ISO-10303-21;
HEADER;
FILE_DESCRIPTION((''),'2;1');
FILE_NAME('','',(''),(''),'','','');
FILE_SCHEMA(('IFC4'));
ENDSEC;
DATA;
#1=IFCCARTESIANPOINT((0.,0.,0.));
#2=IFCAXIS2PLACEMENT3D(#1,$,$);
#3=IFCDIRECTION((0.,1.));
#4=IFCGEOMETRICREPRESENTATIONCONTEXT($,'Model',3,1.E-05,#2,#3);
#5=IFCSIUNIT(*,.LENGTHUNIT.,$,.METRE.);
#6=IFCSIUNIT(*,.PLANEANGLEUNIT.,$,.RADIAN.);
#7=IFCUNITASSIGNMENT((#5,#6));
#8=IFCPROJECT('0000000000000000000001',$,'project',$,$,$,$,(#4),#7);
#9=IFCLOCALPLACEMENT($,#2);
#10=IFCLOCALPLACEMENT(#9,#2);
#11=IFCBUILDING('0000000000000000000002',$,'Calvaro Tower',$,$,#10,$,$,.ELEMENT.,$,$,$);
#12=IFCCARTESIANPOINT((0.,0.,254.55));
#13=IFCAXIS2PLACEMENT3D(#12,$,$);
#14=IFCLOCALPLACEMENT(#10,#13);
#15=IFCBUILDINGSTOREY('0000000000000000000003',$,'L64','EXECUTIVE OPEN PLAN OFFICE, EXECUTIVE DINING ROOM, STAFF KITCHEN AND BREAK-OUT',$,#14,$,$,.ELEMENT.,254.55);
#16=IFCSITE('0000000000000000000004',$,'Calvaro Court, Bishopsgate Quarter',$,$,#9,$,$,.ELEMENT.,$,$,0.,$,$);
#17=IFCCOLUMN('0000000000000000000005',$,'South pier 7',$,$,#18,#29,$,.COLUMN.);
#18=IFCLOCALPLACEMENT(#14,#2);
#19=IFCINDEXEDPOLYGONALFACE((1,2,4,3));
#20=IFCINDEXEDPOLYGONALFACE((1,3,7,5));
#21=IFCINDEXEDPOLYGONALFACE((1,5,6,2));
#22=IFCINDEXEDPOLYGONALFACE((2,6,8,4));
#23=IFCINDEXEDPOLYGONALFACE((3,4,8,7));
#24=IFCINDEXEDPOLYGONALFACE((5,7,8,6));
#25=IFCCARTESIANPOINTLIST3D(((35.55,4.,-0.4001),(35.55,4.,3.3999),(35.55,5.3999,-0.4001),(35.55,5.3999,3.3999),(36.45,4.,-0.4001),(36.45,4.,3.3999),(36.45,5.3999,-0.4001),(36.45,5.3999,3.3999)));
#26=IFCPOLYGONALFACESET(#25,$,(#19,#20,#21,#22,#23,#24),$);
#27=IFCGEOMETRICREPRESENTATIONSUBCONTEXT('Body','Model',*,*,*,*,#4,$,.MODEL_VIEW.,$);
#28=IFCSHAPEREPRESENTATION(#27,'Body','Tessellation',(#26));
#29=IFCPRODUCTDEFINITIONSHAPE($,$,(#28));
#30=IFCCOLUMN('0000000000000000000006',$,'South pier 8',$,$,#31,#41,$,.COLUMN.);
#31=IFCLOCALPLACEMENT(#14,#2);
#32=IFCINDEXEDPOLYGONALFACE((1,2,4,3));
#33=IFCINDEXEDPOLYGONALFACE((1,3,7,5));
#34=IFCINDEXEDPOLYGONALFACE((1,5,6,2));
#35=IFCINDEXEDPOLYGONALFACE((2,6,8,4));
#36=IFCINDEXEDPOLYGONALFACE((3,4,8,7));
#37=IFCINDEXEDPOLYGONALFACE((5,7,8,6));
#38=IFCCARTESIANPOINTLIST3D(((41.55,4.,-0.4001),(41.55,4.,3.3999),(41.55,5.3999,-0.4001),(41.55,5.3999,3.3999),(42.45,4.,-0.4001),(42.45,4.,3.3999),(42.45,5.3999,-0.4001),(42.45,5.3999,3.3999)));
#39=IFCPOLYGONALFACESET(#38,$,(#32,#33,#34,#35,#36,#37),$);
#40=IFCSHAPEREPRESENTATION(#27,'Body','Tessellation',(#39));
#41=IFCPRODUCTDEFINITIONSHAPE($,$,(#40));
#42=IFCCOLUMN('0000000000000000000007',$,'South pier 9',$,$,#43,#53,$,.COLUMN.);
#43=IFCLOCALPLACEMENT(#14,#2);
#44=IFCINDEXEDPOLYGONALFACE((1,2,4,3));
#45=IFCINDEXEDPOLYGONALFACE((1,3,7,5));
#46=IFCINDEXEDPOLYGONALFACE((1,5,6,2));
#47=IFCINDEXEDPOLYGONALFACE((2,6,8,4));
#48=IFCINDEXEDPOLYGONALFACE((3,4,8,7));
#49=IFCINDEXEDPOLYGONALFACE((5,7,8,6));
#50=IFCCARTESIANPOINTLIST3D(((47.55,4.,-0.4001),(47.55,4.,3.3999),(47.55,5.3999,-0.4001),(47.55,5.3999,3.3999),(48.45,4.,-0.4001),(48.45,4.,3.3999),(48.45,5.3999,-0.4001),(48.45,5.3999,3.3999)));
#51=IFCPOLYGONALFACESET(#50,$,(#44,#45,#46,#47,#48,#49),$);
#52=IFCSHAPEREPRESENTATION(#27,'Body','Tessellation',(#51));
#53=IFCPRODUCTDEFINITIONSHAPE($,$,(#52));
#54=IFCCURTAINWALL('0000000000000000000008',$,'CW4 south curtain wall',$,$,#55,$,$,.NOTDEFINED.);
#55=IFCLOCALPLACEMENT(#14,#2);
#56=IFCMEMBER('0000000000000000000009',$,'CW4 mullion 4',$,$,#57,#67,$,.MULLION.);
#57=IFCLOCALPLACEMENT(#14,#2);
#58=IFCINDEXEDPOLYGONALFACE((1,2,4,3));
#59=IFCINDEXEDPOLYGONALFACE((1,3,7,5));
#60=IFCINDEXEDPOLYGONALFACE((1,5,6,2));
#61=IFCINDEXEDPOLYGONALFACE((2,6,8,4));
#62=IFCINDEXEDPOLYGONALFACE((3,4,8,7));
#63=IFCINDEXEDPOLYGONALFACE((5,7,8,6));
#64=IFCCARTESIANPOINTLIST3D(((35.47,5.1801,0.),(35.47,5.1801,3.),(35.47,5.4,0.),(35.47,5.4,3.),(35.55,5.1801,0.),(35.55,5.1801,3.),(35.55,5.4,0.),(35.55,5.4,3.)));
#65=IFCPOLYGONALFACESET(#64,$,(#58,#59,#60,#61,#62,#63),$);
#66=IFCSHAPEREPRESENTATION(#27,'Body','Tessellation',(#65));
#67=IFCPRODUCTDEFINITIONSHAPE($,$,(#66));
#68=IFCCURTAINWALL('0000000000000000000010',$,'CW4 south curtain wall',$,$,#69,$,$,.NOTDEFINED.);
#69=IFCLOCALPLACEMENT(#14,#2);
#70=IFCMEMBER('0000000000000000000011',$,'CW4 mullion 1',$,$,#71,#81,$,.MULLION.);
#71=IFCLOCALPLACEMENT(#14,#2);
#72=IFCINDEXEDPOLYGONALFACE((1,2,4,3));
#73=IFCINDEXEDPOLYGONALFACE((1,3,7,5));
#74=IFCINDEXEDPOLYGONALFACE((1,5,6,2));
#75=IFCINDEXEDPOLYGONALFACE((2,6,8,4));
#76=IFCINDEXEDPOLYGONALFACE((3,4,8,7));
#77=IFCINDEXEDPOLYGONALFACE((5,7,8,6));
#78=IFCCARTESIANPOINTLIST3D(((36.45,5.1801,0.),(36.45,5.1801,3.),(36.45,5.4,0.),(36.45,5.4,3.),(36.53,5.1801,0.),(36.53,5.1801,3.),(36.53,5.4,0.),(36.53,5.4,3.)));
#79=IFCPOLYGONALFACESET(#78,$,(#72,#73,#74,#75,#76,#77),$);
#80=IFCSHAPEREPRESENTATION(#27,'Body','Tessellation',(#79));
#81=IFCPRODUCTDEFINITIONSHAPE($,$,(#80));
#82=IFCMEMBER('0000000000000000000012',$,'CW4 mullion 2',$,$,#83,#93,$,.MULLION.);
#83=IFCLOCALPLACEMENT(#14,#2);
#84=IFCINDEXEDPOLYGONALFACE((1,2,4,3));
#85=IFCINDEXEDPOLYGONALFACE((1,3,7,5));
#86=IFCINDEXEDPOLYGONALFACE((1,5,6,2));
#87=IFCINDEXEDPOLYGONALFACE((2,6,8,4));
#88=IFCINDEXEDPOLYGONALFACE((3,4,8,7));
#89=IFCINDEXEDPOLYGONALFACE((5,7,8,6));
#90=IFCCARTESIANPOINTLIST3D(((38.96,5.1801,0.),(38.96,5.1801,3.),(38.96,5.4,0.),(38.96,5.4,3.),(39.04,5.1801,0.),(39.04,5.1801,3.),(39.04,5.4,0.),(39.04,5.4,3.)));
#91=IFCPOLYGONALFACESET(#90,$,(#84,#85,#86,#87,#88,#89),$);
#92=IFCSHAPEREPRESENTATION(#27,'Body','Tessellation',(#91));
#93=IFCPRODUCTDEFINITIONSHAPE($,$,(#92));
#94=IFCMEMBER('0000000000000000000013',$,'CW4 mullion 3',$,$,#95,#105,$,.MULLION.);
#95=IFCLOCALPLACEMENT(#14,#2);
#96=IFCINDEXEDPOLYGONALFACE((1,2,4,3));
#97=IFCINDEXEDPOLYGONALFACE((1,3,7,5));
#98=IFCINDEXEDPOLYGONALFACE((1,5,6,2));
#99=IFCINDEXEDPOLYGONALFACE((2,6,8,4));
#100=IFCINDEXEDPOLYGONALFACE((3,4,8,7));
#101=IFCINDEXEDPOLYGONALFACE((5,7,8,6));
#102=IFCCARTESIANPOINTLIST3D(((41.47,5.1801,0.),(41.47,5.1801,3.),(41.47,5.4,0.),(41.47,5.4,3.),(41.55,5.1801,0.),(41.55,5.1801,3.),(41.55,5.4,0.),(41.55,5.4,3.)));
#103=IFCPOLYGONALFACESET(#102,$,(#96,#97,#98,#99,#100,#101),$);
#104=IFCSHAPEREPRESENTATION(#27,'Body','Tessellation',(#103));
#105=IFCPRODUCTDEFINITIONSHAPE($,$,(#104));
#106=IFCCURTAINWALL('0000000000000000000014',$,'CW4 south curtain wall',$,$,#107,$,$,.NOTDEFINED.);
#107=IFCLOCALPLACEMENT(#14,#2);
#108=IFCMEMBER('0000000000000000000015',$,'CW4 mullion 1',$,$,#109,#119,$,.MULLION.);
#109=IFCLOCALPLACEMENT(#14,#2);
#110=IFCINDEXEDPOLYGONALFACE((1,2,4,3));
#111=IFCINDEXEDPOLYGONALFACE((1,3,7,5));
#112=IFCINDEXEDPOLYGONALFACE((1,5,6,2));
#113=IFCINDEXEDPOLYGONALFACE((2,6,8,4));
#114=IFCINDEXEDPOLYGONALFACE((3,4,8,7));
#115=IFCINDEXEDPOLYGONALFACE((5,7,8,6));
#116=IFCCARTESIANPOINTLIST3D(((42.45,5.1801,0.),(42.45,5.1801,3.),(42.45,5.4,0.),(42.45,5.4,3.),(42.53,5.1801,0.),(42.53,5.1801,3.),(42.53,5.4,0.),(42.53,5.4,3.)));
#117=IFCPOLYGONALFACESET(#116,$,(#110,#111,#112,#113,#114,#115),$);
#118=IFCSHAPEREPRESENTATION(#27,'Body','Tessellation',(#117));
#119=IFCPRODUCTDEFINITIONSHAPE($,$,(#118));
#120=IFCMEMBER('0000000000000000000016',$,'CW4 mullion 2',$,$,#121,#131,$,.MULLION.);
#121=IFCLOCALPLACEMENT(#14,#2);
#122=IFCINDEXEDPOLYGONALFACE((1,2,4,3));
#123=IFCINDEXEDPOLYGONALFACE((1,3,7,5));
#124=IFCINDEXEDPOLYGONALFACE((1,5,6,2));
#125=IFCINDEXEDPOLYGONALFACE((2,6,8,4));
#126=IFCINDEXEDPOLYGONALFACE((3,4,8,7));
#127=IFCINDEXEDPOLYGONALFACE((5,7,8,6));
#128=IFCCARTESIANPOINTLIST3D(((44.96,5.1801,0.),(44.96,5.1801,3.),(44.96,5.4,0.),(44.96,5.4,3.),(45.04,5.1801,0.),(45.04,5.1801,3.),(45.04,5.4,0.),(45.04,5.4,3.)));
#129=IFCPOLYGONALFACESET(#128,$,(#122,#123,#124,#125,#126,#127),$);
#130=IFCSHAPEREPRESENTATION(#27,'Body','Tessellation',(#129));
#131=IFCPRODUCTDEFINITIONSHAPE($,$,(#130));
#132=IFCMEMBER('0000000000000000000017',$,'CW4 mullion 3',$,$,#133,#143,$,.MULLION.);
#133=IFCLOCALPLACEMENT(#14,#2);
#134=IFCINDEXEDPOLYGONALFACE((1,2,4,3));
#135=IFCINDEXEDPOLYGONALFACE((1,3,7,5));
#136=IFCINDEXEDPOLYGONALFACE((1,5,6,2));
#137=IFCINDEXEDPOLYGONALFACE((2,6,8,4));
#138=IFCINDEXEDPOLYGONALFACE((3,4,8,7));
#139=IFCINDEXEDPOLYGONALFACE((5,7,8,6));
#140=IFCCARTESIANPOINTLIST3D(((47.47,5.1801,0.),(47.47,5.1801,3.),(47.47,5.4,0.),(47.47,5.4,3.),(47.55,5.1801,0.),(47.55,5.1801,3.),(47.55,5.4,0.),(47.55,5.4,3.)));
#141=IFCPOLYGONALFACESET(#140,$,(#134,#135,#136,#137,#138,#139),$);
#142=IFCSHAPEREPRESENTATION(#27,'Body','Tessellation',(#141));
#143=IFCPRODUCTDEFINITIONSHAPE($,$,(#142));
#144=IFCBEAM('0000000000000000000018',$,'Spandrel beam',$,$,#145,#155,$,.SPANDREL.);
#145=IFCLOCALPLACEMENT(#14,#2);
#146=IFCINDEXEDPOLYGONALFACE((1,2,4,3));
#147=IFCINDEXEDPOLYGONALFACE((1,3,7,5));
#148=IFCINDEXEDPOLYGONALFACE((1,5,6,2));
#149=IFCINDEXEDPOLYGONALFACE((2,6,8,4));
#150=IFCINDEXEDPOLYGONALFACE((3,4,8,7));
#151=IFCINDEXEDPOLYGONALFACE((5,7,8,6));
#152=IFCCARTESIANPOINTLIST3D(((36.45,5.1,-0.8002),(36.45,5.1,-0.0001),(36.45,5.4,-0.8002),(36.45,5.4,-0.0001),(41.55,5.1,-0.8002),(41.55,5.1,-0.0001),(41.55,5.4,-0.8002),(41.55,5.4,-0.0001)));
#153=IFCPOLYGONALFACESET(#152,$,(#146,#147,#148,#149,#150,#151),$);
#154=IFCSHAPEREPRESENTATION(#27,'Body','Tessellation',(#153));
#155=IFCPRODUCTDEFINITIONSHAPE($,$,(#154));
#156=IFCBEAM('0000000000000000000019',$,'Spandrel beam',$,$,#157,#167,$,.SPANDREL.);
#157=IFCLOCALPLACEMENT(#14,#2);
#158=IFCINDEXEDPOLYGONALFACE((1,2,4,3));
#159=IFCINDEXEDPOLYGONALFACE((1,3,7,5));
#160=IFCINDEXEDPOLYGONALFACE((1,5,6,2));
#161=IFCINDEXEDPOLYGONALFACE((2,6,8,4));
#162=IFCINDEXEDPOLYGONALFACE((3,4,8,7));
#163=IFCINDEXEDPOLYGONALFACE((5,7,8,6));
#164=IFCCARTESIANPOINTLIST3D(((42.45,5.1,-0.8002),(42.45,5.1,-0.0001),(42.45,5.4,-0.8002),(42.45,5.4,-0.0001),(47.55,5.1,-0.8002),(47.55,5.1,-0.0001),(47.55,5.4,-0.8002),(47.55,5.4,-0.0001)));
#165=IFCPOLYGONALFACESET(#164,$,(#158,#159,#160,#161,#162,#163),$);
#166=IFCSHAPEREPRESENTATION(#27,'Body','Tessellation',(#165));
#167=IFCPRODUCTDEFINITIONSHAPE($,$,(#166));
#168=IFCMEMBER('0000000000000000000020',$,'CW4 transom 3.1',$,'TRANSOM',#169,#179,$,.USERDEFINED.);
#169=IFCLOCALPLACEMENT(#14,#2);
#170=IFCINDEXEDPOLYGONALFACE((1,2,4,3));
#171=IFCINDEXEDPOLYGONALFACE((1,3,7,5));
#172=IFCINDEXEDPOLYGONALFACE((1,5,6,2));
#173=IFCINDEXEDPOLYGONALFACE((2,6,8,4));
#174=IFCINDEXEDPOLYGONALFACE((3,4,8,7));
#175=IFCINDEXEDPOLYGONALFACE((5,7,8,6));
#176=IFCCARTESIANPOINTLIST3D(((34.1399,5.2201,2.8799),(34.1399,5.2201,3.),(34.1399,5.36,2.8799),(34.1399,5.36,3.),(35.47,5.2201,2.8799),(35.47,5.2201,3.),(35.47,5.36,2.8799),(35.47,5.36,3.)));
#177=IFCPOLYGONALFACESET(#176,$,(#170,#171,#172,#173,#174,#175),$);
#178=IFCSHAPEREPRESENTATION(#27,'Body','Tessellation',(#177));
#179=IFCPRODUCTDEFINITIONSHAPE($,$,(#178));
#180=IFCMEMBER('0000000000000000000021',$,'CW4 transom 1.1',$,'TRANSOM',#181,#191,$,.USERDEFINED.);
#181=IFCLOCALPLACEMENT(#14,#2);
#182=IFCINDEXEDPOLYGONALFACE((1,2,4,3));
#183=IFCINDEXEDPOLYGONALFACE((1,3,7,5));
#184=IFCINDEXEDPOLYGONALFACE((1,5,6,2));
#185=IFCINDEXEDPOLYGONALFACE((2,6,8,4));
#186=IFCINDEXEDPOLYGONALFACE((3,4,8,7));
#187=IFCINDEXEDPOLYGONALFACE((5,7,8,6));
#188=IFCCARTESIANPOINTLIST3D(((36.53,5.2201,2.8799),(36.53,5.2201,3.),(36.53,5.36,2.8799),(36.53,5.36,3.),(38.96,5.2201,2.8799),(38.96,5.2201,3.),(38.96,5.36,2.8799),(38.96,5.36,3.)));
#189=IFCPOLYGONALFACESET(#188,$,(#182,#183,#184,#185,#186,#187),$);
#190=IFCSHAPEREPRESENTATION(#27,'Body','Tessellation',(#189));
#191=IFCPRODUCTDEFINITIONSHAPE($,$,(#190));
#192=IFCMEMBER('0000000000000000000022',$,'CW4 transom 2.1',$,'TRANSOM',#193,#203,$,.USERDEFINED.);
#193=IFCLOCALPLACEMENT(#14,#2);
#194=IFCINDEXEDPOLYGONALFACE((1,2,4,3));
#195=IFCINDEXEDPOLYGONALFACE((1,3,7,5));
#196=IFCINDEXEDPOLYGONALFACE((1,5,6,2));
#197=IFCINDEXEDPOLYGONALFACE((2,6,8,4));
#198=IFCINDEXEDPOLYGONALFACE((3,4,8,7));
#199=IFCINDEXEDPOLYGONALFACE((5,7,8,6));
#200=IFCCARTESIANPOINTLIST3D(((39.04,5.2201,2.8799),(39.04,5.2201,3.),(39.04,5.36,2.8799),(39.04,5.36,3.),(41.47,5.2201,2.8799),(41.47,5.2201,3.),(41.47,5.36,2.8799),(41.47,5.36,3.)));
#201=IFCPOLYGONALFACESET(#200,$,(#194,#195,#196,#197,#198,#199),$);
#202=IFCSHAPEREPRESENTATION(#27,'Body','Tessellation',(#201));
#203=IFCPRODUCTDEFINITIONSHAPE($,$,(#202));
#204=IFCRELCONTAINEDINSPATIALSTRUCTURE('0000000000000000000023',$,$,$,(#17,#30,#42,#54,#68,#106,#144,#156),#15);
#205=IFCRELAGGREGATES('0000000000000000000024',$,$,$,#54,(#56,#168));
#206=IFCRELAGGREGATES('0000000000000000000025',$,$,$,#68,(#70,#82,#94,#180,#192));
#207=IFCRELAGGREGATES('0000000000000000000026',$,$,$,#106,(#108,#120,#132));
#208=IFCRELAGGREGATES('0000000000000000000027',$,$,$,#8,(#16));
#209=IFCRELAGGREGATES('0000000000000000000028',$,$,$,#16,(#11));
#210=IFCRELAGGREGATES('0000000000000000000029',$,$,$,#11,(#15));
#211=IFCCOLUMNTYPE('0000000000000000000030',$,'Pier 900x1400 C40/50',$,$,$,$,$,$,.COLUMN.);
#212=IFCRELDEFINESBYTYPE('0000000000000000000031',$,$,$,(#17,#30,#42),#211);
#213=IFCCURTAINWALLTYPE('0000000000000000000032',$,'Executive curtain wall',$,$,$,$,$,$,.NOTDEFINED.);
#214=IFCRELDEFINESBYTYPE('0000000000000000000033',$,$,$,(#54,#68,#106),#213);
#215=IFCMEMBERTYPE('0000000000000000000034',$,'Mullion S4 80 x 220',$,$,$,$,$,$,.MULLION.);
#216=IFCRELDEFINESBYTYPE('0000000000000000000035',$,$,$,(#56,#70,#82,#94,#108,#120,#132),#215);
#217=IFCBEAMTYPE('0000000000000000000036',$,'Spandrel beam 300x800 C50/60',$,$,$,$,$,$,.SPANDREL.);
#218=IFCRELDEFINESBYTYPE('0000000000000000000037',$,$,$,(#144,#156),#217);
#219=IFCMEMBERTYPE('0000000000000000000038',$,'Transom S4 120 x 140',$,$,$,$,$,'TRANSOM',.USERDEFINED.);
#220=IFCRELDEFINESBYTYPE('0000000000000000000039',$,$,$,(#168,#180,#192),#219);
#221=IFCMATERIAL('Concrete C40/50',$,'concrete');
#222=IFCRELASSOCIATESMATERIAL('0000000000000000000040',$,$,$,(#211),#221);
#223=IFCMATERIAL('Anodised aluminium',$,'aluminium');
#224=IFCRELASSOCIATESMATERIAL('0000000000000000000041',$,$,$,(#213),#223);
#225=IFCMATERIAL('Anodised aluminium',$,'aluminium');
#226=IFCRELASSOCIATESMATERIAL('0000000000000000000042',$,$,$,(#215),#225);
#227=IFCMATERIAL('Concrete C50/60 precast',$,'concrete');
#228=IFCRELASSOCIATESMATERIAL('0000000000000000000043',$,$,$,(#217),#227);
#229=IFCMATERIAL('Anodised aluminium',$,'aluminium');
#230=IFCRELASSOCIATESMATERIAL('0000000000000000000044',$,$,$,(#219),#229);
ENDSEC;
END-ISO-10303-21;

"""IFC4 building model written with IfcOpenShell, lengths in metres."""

from ifc_helpers import new_model, si_unit, direction, frame, origin, origin_2d, place, context, subcontext, project, spatial, rectangle, extrude, material, material_profile, profile_set, type_object, element, aggregate, save


model = new_model("IFC4")

# Units and contexts
model_context = context("Model", 3, precision=1e-05, world=origin(), true_north=direction((0.0, 1.0)))
body_context = subcontext(model_context, "Body", "Model", "MODEL_VIEW")
ifc_project = project(units=[si_unit("LENGTHUNIT", "METRE"), si_unit("PLANEANGLEUNIT", "RADIAN")], contexts=[model_context])

# Site, building, storey
site_placement = place(None, origin())
site = spatial("IfcSite", under=ifc_project, at=site_placement, Name="Calvaro Court, Bishopsgate Quarter", CompositionType="ELEMENT", RefElevation=0.0)
building_placement = place(site_placement, origin())
building = spatial("IfcBuilding", under=site, at=building_placement, Name="Calvaro Tower", CompositionType="ELEMENT")
storey_placement = place(building_placement, frame((0.0, 0.0, 254.55)))
storey = spatial("IfcBuildingStorey", under=building, at=storey_placement, Name="L64", Description="EXECUTIVE OPEN PLAN OFFICE, EXECUTIVE DINING ROOM, STAFF KITCHEN AND BREAK-OUT", CompositionType="ELEMENT", Elevation=254.55)

# Columns
ifc_material_1 = material(Name="Concrete C40/50", Category="concrete")
ifc_material_profile_1 = material_profile(ifc_material_1, rectangle(XDim=0.8999, YDim=1.3999, at=origin_2d()), Name="RC 900x1400")
ifc_profile_set_1 = profile_set([ifc_material_profile_1], Name="Concrete C40/50")
column_type = type_object("IfcColumnType", Name="Pier 900x1400 C40/50", PredefinedType="COLUMN", material=ifc_profile_set_1)
for number, where, z_axis, x_axis, name in (
    (1, (36.0, 4.7, -0.4001), (0.0, 0.0, 1.0), (1.0, 0.0, 0.0), "South pier 7"),
    (2, (42.0, 4.7, -0.4001), (0.0, 0.0, 1.0), (1.0, 0.0, 0.0), "South pier 8"),
    (3, (48.0, 4.7, -0.4001), (0.0, 0.0, 1.0), (1.0, 0.0, 0.0), "South pier 9"),
):
    element("IfcColumn", number, at=place(storey_placement, frame(where, z_axis=z_axis, x_axis=x_axis)), inside=storey, type_object=column_type, Name=name, PredefinedType="COLUMN", context=body_context, shape_type="SweptSolid", body=[
        extrude(rectangle(XDim=0.8999, YDim=1.3999, at=origin_2d()), origin(), (0.0, 0.0, 1.0), 3.8),
    ])

# Curtain wall, member
ifc_material_2 = material(Name="Anodised aluminium", Category="aluminium")
curtain_wall_type = type_object("IfcCurtainWallType", Name="Executive curtain wall", PredefinedType="NOTDEFINED", material=ifc_material_2)
curtain_wall_1_placement = place(storey_placement, origin())
curtain_wall_1 = element("IfcCurtainWall", 4, at=curtain_wall_1_placement, inside=storey, type_object=curtain_wall_type, Name="CW4 south curtain wall", PredefinedType="NOTDEFINED")
ifc_material_3 = material(Name="Anodised aluminium", Category="aluminium")
ifc_material_profile_2 = material_profile(ifc_material_3, rectangle(XDim=0.22, YDim=0.0801, at=origin_2d()), Name="Mullion S4 80 x 220")
ifc_profile_set_2 = profile_set([ifc_material_profile_2], Name="Anodised aluminium")
member_type_1 = type_object("IfcMemberType", Name="Mullion S4 80 x 220", PredefinedType="MULLION", material=ifc_profile_set_2)
member_1_placement = place(storey_placement, frame((35.51, 5.29, 0.0), z_axis=(0.0, 0.0, 1.0), x_axis=(0.0, 1.0, 0.0)))
member_1 = element("IfcMember", 5, at=member_1_placement, type_object=member_type_1, Name="CW4 mullion 4", PredefinedType="MULLION", context=body_context, shape_type="SweptSolid", body=[
    extrude(rectangle(XDim=0.22, YDim=0.0801, at=origin_2d()), origin(), (0.0, 0.0, 1.0), 3.0),
])

# Curtain walls, members
curtain_wall_2_placement = place(storey_placement, origin())
curtain_wall_2 = element("IfcCurtainWall", 6, at=curtain_wall_2_placement, inside=storey, type_object=curtain_wall_type, Name="CW4 south curtain wall", PredefinedType="NOTDEFINED")
member_2_placement = place(storey_placement, frame((36.49, 5.29, 0.0), z_axis=(0.0, 0.0, 1.0), x_axis=(0.0, 1.0, 0.0)))
member_2 = element("IfcMember", 7, at=member_2_placement, type_object=member_type_1, Name="CW4 mullion 1", PredefinedType="MULLION", context=body_context, shape_type="SweptSolid", body=[
    extrude(rectangle(XDim=0.22, YDim=0.0801, at=origin_2d()), origin(), (0.0, 0.0, 1.0), 3.0),
])
member_3_placement = place(storey_placement, frame((39.0, 5.29, 0.0), z_axis=(0.0, 0.0, 1.0), x_axis=(0.0, 1.0, 0.0)))
member_3 = element("IfcMember", 8, at=member_3_placement, type_object=member_type_1, Name="CW4 mullion 2", PredefinedType="MULLION", context=body_context, shape_type="SweptSolid", body=[
    extrude(rectangle(XDim=0.22, YDim=0.0801, at=origin_2d()), origin(), (0.0, 0.0, 1.0), 3.0),
])
member_4_placement = place(storey_placement, frame((41.51, 5.29, 0.0), z_axis=(0.0, 0.0, 1.0), x_axis=(0.0, 1.0, 0.0)))
member_4 = element("IfcMember", 9, at=member_4_placement, type_object=member_type_1, Name="CW4 mullion 3", PredefinedType="MULLION", context=body_context, shape_type="SweptSolid", body=[
    extrude(rectangle(XDim=0.22, YDim=0.0801, at=origin_2d()), origin(), (0.0, 0.0, 1.0), 3.0),
])
curtain_wall_3_placement = place(storey_placement, origin())
curtain_wall_3 = element("IfcCurtainWall", 10, at=curtain_wall_3_placement, inside=storey, type_object=curtain_wall_type, Name="CW4 south curtain wall", PredefinedType="NOTDEFINED")
member_5_placement = place(storey_placement, frame((42.49, 5.29, 0.0), z_axis=(0.0, 0.0, 1.0), x_axis=(0.0, 1.0, 0.0)))
member_5 = element("IfcMember", 11, at=member_5_placement, type_object=member_type_1, Name="CW4 mullion 1", PredefinedType="MULLION", context=body_context, shape_type="SweptSolid", body=[
    extrude(rectangle(XDim=0.22, YDim=0.0801, at=origin_2d()), origin(), (0.0, 0.0, 1.0), 3.0),
])
member_6_placement = place(storey_placement, frame((45.0, 5.29, 0.0), z_axis=(0.0, 0.0, 1.0), x_axis=(0.0, 1.0, 0.0)))
member_6 = element("IfcMember", 12, at=member_6_placement, type_object=member_type_1, Name="CW4 mullion 2", PredefinedType="MULLION", context=body_context, shape_type="SweptSolid", body=[
    extrude(rectangle(XDim=0.22, YDim=0.0801, at=origin_2d()), origin(), (0.0, 0.0, 1.0), 3.0),
])
member_7_placement = place(storey_placement, frame((47.51, 5.29, 0.0), z_axis=(0.0, 0.0, 1.0), x_axis=(0.0, 1.0, 0.0)))
member_7 = element("IfcMember", 13, at=member_7_placement, type_object=member_type_1, Name="CW4 mullion 3", PredefinedType="MULLION", context=body_context, shape_type="SweptSolid", body=[
    extrude(rectangle(XDim=0.22, YDim=0.0801, at=origin_2d()), origin(), (0.0, 0.0, 1.0), 3.0),
])

# Beams
ifc_material_4 = material(Name="Concrete C50/60 precast", Category="concrete")
ifc_material_profile_3 = material_profile(ifc_material_4, rectangle(XDim=0.3, YDim=0.8, at=origin_2d()), Name="RC 300x800")
ifc_profile_set_3 = profile_set([ifc_material_profile_3], Name="Concrete C50/60 precast")
beam_type = type_object("IfcBeamType", Name="Spandrel beam 300x800 C50/60", PredefinedType="SPANDREL", material=ifc_profile_set_3)
for number, where, z_axis, x_axis, name in (
    (14, (36.45, 5.25, -0.4001), (1.0, 0.0, 0.0), (0.0, 1.0, 0.0), "Spandrel beam"),
    (15, (42.45, 5.25, -0.4001), (1.0, 0.0, 0.0), (0.0, 1.0, 0.0), "Spandrel beam"),
):
    element("IfcBeam", number, at=place(storey_placement, frame(where, z_axis=z_axis, x_axis=x_axis)), inside=storey, type_object=beam_type, Name=name, PredefinedType="SPANDREL", context=body_context, shape_type="SweptSolid", body=[
        extrude(rectangle(XDim=0.3, YDim=0.8, at=origin_2d()), origin(), (0.0, 0.0, 1.0), 5.1001),
    ])

# Members
ifc_material_5 = material(Name="Anodised aluminium", Category="aluminium")
ifc_material_profile_4 = material_profile(ifc_material_5, rectangle(XDim=0.1399, YDim=0.1201, at=origin_2d()), Name="Transom S4 120 x 140")
ifc_profile_set_4 = profile_set([ifc_material_profile_4], Name="Anodised aluminium")
member_type_2 = type_object("IfcMemberType", Name="Transom S4 120 x 140", ElementType="TRANSOM", PredefinedType="USERDEFINED", material=ifc_profile_set_4)
member_8_placement = place(storey_placement, frame((34.1399, 5.29, 2.9399), z_axis=(1.0, 0.0, 0.0), x_axis=(0.0, 1.0, 0.0)))
member_8 = element("IfcMember", 16, at=member_8_placement, type_object=member_type_2, Name="CW4 transom 3.1", ObjectType="TRANSOM", PredefinedType="USERDEFINED", context=body_context, shape_type="SweptSolid", body=[
    extrude(rectangle(XDim=0.1399, YDim=0.1201, at=origin_2d()), origin(), (0.0, 0.0, 1.0), 1.3301),
])
member_9_placement = place(storey_placement, frame((36.53, 5.29, 2.9399), z_axis=(1.0, 0.0, 0.0), x_axis=(0.0, 1.0, 0.0)))
member_9 = element("IfcMember", 17, at=member_9_placement, type_object=member_type_2, Name="CW4 transom 1.1", ObjectType="TRANSOM", PredefinedType="USERDEFINED", context=body_context, shape_type="SweptSolid", body=[
    extrude(rectangle(XDim=0.1399, YDim=0.1201, at=origin_2d()), origin(), (0.0, 0.0, 1.0), 2.4299),
])
member_10_placement = place(storey_placement, frame((39.04, 5.29, 2.9399), z_axis=(1.0, 0.0, 0.0), x_axis=(0.0, 1.0, 0.0)))
member_10 = element("IfcMember", 18, at=member_10_placement, type_object=member_type_2, Name="CW4 transom 2.1", ObjectType="TRANSOM", PredefinedType="USERDEFINED", context=body_context, shape_type="SweptSolid", body=[
    extrude(rectangle(XDim=0.1399, YDim=0.1201, at=origin_2d()), origin(), (0.0, 0.0, 1.0), 2.4299),
])

aggregate(curtain_wall_1, [member_1, member_8])
aggregate(curtain_wall_2, [member_2, member_3, member_4, member_9, member_10])
aggregate(curtain_wall_3, [member_5, member_6, member_7])

save(model, "model.ifc")
